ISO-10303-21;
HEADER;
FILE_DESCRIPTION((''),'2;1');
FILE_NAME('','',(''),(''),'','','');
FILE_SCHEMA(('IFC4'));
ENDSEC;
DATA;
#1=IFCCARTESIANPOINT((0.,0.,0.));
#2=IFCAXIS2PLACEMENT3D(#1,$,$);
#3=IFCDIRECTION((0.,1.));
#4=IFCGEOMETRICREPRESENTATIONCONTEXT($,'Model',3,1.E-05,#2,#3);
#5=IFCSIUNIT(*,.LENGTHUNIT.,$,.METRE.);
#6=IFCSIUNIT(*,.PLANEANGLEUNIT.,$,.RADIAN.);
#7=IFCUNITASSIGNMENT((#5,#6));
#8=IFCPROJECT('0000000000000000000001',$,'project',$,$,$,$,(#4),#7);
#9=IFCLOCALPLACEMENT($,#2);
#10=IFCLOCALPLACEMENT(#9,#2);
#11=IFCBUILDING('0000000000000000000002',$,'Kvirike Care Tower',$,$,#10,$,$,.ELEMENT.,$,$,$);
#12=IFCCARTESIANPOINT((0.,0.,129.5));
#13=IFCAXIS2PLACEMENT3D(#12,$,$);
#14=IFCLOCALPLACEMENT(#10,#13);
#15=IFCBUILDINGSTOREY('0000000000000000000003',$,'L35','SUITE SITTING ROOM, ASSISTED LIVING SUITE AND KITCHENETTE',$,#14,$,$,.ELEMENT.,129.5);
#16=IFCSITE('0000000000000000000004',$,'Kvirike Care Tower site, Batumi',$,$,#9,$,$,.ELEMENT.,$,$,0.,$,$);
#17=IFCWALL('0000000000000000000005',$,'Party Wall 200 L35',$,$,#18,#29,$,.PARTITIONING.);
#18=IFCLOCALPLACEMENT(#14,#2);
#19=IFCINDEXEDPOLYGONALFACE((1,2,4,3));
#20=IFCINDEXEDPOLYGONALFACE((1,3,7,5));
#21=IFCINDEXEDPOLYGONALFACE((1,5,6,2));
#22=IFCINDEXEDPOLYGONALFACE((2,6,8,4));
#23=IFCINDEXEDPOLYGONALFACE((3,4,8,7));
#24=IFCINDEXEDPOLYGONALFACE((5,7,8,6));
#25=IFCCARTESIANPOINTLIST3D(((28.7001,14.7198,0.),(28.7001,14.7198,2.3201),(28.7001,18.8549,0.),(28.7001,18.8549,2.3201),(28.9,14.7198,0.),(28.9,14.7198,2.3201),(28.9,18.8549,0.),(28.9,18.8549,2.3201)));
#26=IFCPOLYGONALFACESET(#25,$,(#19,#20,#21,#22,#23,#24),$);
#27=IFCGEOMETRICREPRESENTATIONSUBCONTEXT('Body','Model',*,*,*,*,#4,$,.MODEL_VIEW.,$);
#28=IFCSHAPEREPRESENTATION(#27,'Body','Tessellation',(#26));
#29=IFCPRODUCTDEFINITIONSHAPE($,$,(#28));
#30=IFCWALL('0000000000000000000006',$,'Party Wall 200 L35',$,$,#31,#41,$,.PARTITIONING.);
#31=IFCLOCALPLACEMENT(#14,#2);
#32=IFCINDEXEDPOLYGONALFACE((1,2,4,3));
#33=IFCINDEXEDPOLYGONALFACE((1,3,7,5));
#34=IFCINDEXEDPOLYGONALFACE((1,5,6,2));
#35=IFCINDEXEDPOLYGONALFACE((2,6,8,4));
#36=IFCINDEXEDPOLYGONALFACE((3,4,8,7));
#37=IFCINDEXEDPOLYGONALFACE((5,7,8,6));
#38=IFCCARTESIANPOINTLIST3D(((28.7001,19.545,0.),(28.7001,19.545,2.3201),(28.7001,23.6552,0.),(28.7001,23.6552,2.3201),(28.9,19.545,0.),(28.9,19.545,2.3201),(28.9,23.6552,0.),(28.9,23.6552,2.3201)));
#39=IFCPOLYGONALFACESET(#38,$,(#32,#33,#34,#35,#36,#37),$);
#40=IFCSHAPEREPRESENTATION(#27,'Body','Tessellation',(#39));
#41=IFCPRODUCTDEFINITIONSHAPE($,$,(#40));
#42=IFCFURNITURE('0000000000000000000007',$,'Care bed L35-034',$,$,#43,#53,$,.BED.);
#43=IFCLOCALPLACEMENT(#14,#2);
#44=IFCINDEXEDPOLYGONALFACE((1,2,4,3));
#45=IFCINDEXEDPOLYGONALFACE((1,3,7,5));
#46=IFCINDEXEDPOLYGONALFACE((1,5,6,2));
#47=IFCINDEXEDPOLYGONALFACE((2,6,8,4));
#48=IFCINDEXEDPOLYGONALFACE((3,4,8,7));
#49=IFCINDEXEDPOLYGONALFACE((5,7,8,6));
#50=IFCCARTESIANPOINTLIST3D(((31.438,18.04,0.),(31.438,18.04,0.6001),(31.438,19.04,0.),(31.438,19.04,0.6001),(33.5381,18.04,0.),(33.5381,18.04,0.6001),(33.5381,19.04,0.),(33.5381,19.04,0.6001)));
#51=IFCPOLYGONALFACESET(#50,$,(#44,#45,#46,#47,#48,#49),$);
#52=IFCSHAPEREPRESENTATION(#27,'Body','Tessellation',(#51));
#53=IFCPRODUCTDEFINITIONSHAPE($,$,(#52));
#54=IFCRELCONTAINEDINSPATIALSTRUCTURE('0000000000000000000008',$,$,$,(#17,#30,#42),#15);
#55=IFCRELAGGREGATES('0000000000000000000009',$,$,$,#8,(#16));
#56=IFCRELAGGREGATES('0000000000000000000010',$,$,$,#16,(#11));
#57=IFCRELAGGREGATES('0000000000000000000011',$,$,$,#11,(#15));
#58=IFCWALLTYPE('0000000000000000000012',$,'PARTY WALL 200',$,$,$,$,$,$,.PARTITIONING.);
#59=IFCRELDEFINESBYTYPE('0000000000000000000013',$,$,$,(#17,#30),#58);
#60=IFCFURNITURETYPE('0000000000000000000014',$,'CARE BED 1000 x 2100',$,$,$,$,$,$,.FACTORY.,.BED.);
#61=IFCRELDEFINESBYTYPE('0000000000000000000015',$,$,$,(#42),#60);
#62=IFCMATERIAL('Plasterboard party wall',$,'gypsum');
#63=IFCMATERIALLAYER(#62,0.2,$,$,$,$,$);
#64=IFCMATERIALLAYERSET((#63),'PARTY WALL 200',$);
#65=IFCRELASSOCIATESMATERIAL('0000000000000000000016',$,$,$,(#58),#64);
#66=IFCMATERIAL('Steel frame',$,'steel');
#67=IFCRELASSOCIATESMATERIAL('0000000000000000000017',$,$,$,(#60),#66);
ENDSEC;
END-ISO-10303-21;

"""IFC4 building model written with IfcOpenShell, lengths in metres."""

from ifc_helpers import new_model, si_unit, direction, frame, frame_2d, origin, origin_2d, place, context, subcontext, project, spatial, rectangle, extrude, material, layer, layer_set, type_object, element, save


model = new_model("IFC4")

# Units and contexts
model_context = context("Model", 3, precision=1e-05, world=origin(), true_north=direction((0.0, 1.0)))
body_context = subcontext(model_context, "Body", "Model", "MODEL_VIEW")
ifc_project = project(units=[si_unit("LENGTHUNIT", "METRE"), si_unit("PLANEANGLEUNIT", "RADIAN")], contexts=[model_context])

# Site, building, storey
site_placement = place(None, origin())
site = spatial("IfcSite", under=ifc_project, at=site_placement, Name="Kvirike Care Tower site, Batumi", CompositionType="ELEMENT", RefElevation=0.0)
building_placement = place(site_placement, origin())
building = spatial("IfcBuilding", under=site, at=building_placement, Name="Kvirike Care Tower", CompositionType="ELEMENT")
storey_placement = place(building_placement, frame((0.0, 0.0, 129.5)))
storey = spatial("IfcBuildingStorey", under=building, at=storey_placement, Name="L35", Description="SUITE SITTING ROOM, ASSISTED LIVING SUITE AND KITCHENETTE", CompositionType="ELEMENT", Elevation=129.5)

# Walls
ifc_material_1 = material(Name="Plasterboard party wall", Category="gypsum")
ifc_layer_1 = layer(ifc_material_1, 0.2)
ifc_layer_set_1 = layer_set([ifc_layer_1], Name="PARTY WALL 200")
wall_type_1 = type_object("IfcWallType", Name="PARTY WALL 200", PredefinedType="PARTITIONING", material=ifc_layer_set_1)
wall_1_placement = place(storey_placement, frame((28.8, 14.72, 0.0), z_axis=(0.0, 0.0, 1.0), x_axis=(0.0, 1.0, 0.0)))
element("IfcWall", 1, at=wall_1_placement, inside=storey, type_object=wall_type_1, Name="Party Wall 200 L35", PredefinedType="PARTITIONING", context=body_context, shape_type="SweptSolid", body=[
    extrude(rectangle(XDim=4.135, YDim=0.2, at=frame_2d((2.0674, 0.0))), origin(), (0.0, 0.0, 1.0), 2.3201),
])
wall_2_placement = place(storey_placement, frame((28.8, 19.5449, 0.0), z_axis=(0.0, 0.0, 1.0), x_axis=(0.0, 1.0, 0.0)))
element("IfcWall", 2, at=wall_2_placement, inside=storey, type_object=wall_type_1, Name="Party Wall 200 L35", PredefinedType="PARTITIONING", context=body_context, shape_type="SweptSolid", body=[
    extrude(rectangle(XDim=4.1101, YDim=0.2, at=frame_2d((2.0552, 0.0))), origin(), (0.0, 0.0, 1.0), 2.3201),
])

# Furniture
ifc_material_2 = material(Name="Steel frame", Category="steel")
furniture_type = type_object("IfcFurnitureType", Name="CARE BED 1000 x 2100", AssemblyPlace="FACTORY", PredefinedType="BED", material=ifc_material_2)
furniture_placement = place(storey_placement, frame((32.488, 18.54, 0.0), z_axis=(0.0, 0.0, 1.0), x_axis=(0.0, -1.0, 0.0)))
element("IfcFurniture", 3, at=furniture_placement, inside=storey, type_object=furniture_type, Name="Care bed L35-034", PredefinedType="BED", context=body_context, shape_type="SweptSolid", body=[
    extrude(rectangle(XDim=1.0, YDim=2.1001, at=origin_2d()), origin(), (0.0, 0.0, 1.0), 0.6001),
])

save(model, "model.ifc")
